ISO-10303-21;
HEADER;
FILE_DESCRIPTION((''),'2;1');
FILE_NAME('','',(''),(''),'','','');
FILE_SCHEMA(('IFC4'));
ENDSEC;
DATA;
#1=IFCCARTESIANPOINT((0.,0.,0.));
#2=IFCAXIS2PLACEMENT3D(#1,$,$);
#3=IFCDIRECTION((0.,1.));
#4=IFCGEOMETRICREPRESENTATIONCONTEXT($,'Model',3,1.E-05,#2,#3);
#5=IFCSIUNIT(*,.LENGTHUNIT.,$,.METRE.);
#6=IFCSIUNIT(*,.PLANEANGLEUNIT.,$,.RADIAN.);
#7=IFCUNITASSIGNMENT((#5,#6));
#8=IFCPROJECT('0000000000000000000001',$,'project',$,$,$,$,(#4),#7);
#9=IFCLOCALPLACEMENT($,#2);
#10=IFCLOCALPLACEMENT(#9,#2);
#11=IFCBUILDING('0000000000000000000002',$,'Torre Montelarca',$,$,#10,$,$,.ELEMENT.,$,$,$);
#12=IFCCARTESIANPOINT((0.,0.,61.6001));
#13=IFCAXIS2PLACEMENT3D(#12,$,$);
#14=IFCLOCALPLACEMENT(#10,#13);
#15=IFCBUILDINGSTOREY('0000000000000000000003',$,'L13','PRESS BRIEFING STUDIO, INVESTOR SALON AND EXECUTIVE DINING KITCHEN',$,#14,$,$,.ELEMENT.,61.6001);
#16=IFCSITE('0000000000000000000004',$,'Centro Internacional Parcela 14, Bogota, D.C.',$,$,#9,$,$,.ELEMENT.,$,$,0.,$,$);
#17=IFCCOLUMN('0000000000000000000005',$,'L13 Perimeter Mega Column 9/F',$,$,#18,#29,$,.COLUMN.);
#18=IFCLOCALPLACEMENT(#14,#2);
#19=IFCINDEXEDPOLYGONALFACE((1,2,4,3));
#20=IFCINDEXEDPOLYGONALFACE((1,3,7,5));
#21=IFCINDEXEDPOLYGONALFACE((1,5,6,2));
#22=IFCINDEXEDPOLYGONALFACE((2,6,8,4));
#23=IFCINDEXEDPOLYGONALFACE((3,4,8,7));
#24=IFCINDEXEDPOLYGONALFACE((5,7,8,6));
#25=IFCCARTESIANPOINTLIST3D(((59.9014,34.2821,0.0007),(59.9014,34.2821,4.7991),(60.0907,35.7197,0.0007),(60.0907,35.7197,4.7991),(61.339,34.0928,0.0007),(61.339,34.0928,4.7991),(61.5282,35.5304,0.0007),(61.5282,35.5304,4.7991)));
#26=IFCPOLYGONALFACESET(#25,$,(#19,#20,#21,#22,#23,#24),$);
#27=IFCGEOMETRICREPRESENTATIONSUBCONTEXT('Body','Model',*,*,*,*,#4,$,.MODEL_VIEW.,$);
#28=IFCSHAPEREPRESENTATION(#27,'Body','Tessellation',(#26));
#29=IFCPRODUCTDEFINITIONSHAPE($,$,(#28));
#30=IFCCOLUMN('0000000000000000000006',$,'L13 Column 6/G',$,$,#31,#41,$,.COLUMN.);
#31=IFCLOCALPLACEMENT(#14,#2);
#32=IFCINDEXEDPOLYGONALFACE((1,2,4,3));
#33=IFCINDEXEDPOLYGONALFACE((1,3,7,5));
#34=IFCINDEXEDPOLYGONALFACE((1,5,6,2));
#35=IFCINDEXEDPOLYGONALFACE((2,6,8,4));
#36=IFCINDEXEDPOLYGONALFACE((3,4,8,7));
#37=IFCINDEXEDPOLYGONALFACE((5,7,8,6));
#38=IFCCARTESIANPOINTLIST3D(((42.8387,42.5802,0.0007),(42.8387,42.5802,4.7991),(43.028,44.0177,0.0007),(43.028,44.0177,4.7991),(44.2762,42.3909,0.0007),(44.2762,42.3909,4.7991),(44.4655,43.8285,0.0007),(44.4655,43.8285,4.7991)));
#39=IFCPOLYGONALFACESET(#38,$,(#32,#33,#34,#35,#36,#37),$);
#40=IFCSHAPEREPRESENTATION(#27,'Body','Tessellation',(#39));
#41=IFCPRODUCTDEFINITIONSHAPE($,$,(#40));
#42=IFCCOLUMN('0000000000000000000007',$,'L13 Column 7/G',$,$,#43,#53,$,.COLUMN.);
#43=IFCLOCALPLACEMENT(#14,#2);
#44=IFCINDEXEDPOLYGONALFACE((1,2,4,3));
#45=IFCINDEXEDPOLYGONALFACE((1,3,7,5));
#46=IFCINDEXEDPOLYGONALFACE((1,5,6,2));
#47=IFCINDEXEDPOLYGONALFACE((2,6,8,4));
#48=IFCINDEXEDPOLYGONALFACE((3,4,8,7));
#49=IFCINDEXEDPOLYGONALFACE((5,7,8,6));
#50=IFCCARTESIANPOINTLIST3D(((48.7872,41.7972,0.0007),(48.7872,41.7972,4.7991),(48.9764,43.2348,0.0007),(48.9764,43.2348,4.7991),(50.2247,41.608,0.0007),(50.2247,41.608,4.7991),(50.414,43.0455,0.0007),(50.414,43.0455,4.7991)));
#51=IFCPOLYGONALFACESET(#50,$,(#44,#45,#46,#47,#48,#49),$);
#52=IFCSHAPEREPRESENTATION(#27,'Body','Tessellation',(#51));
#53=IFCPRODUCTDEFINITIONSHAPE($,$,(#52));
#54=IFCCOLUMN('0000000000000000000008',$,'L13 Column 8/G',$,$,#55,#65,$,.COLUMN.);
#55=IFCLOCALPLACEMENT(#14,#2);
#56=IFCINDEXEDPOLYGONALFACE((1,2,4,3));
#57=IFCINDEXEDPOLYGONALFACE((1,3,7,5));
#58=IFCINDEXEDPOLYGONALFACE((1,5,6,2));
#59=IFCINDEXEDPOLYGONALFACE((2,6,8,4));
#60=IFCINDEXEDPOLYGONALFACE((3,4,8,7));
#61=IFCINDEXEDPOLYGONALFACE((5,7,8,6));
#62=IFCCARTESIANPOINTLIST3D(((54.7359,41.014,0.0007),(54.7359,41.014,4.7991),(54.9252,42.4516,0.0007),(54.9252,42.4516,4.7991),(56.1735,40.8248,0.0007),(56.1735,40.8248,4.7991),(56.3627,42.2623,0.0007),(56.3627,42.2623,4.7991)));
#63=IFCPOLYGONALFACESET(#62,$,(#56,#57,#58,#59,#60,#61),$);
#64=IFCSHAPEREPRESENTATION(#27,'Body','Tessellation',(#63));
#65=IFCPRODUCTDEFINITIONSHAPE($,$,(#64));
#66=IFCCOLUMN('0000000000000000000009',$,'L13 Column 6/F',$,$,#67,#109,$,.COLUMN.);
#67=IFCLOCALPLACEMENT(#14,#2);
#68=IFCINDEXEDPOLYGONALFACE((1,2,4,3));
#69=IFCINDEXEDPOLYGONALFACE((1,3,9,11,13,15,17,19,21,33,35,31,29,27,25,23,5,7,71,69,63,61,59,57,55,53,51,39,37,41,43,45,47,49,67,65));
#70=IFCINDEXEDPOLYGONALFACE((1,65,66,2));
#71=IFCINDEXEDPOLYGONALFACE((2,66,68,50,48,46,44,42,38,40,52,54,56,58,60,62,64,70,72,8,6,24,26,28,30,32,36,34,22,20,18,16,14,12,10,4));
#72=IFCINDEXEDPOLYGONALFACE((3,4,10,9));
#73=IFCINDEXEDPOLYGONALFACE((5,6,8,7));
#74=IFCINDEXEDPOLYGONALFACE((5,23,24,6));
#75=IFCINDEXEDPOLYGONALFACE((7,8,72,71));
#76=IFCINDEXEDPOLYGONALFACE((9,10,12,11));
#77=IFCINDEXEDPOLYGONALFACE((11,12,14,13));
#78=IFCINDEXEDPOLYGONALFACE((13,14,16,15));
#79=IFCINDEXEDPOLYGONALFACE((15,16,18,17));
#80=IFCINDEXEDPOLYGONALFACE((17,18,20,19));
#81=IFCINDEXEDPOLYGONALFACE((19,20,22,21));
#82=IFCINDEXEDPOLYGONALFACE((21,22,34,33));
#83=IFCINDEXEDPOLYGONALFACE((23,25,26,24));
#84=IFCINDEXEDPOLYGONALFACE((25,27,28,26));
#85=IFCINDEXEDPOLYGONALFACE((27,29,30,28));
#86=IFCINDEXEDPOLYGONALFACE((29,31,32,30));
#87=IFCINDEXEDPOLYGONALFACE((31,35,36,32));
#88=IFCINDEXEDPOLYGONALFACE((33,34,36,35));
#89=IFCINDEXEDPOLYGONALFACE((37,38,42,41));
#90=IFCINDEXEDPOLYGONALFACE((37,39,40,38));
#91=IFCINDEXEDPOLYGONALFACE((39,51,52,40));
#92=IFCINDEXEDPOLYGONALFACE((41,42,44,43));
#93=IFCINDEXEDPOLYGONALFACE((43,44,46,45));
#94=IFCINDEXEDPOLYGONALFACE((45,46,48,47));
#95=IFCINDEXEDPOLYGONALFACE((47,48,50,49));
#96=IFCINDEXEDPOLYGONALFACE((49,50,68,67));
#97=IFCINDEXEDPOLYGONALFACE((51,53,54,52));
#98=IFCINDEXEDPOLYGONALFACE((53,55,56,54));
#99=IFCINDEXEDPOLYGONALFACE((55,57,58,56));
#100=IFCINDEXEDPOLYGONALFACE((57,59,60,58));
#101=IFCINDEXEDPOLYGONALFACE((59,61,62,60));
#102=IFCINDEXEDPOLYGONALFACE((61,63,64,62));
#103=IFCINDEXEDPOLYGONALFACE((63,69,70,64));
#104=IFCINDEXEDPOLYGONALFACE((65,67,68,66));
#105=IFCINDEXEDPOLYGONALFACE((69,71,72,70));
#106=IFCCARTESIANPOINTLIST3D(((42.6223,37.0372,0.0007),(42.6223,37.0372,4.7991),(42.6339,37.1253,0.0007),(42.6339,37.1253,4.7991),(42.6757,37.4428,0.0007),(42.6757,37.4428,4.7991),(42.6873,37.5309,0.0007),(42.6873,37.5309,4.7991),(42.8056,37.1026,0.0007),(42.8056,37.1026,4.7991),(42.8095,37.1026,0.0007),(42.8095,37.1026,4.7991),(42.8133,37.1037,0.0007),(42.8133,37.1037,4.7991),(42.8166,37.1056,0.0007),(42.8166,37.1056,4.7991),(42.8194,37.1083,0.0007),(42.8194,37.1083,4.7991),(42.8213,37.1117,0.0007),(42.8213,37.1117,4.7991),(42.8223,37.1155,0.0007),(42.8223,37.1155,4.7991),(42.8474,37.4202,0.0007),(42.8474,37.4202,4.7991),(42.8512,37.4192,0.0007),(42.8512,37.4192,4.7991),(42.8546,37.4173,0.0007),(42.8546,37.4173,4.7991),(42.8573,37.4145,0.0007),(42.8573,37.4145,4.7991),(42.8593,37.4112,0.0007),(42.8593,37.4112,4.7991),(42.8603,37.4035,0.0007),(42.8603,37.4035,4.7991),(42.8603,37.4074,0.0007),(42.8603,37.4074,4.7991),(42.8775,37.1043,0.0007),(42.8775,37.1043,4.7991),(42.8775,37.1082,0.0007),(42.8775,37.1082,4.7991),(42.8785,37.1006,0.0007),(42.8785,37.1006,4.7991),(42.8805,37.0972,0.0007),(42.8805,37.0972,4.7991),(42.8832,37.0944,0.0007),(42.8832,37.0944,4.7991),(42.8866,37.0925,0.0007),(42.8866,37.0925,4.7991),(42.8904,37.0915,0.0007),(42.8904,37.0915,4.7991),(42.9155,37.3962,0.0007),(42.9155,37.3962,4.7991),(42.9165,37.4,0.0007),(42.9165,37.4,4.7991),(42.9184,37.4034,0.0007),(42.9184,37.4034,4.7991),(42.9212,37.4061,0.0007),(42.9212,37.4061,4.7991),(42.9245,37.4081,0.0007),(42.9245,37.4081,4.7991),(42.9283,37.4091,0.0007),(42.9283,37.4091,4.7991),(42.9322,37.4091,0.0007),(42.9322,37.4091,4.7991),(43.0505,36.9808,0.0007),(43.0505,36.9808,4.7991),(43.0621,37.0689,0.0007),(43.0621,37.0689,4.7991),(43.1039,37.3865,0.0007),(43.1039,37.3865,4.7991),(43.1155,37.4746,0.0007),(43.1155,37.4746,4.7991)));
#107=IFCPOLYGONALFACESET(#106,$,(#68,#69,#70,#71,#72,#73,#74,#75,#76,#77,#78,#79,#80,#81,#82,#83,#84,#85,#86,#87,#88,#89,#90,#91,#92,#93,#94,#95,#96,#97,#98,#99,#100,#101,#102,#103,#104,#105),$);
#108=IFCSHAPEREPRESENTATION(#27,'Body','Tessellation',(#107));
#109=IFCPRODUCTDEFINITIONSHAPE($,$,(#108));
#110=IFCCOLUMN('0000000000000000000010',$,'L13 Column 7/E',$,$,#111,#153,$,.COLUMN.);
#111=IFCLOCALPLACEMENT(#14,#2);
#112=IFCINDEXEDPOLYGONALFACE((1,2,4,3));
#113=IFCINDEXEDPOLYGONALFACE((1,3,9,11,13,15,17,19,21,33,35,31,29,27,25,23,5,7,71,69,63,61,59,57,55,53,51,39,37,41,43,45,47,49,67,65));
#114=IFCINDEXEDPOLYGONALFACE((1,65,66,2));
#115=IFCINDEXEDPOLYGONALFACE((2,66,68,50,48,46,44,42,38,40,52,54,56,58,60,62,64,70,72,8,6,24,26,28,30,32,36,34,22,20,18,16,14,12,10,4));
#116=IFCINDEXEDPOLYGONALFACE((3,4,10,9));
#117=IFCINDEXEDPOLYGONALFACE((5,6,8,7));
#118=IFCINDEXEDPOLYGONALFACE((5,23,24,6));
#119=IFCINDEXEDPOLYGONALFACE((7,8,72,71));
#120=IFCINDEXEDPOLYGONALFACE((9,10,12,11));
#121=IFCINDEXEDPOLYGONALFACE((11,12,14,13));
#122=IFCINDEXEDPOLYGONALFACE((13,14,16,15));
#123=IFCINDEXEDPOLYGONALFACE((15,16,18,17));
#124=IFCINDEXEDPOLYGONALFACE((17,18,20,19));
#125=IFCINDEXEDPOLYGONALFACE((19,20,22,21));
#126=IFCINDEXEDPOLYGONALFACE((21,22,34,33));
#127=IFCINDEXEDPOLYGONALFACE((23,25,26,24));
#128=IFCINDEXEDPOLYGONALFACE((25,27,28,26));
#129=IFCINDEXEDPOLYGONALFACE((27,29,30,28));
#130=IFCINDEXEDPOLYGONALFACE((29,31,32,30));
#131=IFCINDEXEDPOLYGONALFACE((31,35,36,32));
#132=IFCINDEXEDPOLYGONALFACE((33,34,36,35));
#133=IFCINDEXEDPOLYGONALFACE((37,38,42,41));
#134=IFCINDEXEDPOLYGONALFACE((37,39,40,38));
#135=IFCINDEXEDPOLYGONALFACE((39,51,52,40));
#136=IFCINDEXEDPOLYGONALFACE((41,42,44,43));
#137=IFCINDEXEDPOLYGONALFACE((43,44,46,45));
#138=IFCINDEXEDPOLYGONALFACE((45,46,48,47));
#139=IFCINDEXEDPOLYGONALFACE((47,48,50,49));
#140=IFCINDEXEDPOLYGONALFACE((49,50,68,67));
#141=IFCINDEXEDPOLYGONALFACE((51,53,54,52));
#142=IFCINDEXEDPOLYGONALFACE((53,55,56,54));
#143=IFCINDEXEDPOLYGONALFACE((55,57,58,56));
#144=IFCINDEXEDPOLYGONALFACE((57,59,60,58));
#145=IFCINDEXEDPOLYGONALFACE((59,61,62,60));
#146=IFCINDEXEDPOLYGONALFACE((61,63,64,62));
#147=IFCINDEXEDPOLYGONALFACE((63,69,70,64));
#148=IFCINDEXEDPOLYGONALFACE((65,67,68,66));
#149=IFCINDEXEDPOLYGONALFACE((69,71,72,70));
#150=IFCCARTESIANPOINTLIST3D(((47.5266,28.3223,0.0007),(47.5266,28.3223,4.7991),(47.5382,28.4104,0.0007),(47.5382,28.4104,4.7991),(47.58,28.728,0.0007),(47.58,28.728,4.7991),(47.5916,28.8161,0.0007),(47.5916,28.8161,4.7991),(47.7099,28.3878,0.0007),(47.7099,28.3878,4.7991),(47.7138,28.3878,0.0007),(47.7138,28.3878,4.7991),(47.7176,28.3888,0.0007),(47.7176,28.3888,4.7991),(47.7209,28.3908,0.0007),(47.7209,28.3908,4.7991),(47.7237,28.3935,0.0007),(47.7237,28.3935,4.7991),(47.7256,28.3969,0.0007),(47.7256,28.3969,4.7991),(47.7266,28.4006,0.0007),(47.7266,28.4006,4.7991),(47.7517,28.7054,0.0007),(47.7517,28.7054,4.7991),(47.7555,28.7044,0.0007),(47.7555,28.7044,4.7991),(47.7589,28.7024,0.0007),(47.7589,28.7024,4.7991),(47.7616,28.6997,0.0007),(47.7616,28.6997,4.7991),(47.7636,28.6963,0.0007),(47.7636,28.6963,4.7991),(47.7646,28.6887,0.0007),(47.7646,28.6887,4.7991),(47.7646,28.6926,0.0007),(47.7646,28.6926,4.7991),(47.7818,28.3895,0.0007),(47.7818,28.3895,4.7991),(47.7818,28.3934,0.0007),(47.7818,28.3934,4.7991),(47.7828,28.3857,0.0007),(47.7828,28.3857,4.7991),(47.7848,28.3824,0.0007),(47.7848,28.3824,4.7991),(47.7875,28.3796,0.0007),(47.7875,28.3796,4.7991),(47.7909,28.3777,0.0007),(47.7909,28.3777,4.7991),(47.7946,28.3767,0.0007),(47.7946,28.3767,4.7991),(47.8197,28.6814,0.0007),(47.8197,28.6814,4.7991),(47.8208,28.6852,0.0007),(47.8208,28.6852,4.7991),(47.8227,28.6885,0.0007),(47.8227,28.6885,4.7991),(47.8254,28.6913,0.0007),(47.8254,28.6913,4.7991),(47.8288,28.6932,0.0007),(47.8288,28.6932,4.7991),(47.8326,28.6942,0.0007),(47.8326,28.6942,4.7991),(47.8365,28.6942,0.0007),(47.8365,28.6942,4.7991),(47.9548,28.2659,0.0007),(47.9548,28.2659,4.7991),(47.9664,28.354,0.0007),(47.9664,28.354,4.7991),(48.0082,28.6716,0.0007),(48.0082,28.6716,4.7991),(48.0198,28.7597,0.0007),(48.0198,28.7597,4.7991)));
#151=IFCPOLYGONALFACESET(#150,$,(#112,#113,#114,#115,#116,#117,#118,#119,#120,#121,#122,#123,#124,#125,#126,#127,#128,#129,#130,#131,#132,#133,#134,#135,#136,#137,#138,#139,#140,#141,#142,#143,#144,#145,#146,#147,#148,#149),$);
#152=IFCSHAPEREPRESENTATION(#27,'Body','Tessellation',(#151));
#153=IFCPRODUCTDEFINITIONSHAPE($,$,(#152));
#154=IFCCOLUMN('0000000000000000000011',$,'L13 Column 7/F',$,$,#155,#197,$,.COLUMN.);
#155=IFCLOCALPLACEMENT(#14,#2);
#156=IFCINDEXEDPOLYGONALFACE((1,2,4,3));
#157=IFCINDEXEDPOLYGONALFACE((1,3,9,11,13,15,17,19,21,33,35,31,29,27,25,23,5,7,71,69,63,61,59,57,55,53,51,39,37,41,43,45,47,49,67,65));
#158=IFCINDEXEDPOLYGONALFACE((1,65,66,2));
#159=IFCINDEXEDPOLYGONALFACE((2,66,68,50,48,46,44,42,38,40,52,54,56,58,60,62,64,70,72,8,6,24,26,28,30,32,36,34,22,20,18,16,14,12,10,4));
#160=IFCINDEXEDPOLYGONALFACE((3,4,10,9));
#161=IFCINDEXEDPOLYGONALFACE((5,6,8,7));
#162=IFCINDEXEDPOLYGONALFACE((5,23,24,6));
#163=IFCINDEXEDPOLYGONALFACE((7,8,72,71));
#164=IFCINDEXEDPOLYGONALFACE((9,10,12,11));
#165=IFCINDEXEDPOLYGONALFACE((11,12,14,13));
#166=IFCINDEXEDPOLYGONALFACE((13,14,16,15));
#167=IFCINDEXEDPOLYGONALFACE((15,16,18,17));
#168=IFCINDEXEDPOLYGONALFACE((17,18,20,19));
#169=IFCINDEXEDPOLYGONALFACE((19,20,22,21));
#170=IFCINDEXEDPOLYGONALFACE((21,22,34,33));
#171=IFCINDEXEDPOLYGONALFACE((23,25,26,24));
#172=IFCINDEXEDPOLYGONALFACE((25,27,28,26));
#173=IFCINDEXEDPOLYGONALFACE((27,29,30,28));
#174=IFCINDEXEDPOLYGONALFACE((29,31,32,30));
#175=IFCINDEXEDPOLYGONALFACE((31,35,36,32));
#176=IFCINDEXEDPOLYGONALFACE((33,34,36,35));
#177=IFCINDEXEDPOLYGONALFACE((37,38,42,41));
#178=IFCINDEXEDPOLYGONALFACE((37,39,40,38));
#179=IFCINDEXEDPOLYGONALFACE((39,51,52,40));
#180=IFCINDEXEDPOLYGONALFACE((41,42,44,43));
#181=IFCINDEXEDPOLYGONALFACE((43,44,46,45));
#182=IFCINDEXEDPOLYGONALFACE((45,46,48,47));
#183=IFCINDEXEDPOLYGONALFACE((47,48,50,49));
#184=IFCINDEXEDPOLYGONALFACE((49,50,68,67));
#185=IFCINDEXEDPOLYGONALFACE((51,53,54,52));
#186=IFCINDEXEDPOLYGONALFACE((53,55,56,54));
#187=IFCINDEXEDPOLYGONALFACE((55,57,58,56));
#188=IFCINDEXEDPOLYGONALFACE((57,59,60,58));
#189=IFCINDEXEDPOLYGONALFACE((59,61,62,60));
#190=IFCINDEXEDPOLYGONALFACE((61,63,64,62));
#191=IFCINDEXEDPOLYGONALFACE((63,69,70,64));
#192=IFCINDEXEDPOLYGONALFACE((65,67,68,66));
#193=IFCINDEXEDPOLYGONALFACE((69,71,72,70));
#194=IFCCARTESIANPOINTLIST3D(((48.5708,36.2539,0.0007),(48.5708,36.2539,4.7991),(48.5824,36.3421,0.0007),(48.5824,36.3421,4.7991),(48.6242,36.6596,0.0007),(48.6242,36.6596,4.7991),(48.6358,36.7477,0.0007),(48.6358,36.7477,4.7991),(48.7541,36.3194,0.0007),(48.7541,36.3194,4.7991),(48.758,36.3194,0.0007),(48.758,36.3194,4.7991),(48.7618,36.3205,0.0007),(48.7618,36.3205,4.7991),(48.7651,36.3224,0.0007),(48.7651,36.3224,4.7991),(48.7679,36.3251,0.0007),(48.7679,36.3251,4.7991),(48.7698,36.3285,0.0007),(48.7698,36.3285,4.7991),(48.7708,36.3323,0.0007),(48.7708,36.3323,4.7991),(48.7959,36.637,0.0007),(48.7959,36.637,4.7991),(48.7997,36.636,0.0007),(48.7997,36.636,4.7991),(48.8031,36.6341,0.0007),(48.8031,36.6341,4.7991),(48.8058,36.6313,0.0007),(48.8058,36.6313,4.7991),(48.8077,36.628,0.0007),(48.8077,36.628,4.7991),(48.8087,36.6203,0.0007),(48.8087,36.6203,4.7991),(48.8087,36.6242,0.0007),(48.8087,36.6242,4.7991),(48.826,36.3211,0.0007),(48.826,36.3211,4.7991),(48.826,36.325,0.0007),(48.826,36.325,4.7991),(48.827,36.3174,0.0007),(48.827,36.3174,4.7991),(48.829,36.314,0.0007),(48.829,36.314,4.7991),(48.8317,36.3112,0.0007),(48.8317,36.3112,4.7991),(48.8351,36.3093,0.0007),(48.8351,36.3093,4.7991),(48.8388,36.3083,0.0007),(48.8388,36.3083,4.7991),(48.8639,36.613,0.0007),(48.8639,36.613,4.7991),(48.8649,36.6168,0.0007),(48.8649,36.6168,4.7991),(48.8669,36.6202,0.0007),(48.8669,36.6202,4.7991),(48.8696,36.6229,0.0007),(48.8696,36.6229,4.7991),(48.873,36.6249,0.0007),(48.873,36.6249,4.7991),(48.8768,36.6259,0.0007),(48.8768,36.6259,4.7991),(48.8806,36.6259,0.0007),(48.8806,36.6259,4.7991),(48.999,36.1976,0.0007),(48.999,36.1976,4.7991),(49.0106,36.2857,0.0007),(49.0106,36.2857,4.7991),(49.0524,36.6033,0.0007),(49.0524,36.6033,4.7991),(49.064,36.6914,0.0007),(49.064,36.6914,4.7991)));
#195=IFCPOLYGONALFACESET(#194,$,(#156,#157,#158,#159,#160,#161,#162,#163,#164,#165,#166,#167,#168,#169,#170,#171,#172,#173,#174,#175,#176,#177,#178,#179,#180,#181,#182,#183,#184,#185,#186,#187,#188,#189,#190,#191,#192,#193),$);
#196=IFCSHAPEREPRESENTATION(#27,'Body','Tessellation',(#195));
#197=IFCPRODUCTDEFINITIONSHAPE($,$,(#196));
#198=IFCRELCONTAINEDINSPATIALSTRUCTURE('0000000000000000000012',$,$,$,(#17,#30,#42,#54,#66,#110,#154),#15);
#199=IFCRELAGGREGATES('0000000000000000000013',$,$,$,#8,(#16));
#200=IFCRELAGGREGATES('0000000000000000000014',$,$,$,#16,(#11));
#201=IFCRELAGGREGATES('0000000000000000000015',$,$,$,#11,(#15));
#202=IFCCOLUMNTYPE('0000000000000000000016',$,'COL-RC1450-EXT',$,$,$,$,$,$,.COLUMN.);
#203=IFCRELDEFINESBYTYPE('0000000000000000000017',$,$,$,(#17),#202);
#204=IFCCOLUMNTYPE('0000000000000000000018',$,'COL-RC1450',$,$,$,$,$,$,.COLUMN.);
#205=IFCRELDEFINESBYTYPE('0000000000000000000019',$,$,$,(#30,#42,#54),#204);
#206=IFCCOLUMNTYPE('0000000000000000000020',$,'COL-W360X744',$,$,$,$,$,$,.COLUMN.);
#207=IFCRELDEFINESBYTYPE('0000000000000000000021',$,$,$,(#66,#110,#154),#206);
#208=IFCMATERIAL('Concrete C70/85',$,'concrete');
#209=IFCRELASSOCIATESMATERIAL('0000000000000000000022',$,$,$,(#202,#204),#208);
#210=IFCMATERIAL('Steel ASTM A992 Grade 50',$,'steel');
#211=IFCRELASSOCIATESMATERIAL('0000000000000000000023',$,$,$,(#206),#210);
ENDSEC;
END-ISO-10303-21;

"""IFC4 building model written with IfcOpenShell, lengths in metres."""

from ifc_helpers import new_model, si_unit, direction, frame, origin, origin_2d, place, context, subcontext, project, spatial, rectangle, i_section, extrude, source, transform, mapped, material, material_profile, profile_set, type_object, element, save


model = new_model("IFC4")

# Units and contexts
model_context = context("Model", 3, precision=1e-05, world=origin(), true_north=direction((0.0, 1.0)))
body_context = subcontext(model_context, "Body", "Model", "MODEL_VIEW")
ifc_project = project(units=[si_unit("LENGTHUNIT", "METRE"), si_unit("PLANEANGLEUNIT", "RADIAN")], contexts=[model_context])

# Site, building, storey
site_placement = place(None, origin())
site = spatial("IfcSite", under=ifc_project, at=site_placement, Name="Centro Internacional Parcela 14, Bogota, D.C.", CompositionType="ELEMENT", RefElevation=0.0)
building_placement = place(site_placement, origin())
building = spatial("IfcBuilding", under=site, at=building_placement, Name="Torre Montelarca", CompositionType="ELEMENT")
storey_placement = place(building_placement, frame((0.0, 0.0, 61.6001)))
storey = spatial("IfcBuildingStorey", under=building, at=storey_placement, Name="L13", Description="PRESS BRIEFING STUDIO, INVESTOR SALON AND EXECUTIVE DINING KITCHEN", CompositionType="ELEMENT", Elevation=61.6001)

# Columns
ifc_material_1 = material(Name="Concrete C70/85", Category="concrete")
ifc_material_profile_1 = material_profile(ifc_material_1, rectangle(XDim=1.45, YDim=1.45, at=origin_2d()), Name="RC1450X1450", Category="concrete")
ifc_profile_set_1 = profile_set([ifc_material_profile_1], Name="Concrete C70/85")
column_type_1 = type_object("IfcColumnType", Name="COL-RC1450-EXT", PredefinedType="COLUMN", material=ifc_profile_set_1)
shared_shape_1 = source(origin(), body_context, "Body", "SweptSolid", [
    extrude(rectangle(XDim=1.45, YDim=1.45, at=origin_2d()), origin(), (0.0, 0.0, 1.0), 4.7983),
])
column_placement = place(storey_placement, frame((60.7148, 34.9062, 0.0007), z_axis=(0.0, 0.0, 1.0), x_axis=(-0.991445, 0.130526, 0.0)))
element("IfcColumn", 1, at=column_placement, inside=storey, type_object=column_type_1, Name="L13 Perimeter Mega Column 9/F", PredefinedType="COLUMN", context=body_context, shape_type="MappedRepresentation", body=[
    mapped(shared_shape_1, transform((0.0, 0.0, 0.0), scale=1.0)),
])
ifc_material_profile_2 = material_profile(ifc_material_1, rectangle(XDim=1.45, YDim=1.45, at=origin_2d()), Name="RC1450X1450", Category="concrete")
ifc_profile_set_2 = profile_set([ifc_material_profile_2], Name="Concrete C70/85")
column_type_2 = type_object("IfcColumnType", Name="COL-RC1450", PredefinedType="COLUMN", material=ifc_profile_set_2)
shared_shape_2 = source(origin(), body_context, "Body", "SweptSolid", [
    extrude(rectangle(XDim=1.45, YDim=1.45, at=origin_2d()), origin(), (0.0, 0.0, 1.0), 4.7983),
])
for number, where, z_axis, x_axis, name in (
    (2, (43.6521, 43.2043, 0.0007), (0.0, 0.0, 1.0), (-0.991445, 0.130526, 0.0), "L13 Column 6/G"),
    (3, (49.6006, 42.4214, 0.0007), (0.0, 0.0, 1.0), (-0.991445, 0.130526, 0.0), "L13 Column 7/G"),
    (4, (55.5493, 41.6382, 0.0007), (0.0, 0.0, 1.0), (-0.991445, 0.130526, 0.0), "L13 Column 8/G"),
):
    element("IfcColumn", number, at=place(storey_placement, frame(where, z_axis=z_axis, x_axis=x_axis)), inside=storey, type_object=column_type_2, Name=name, PredefinedType="COLUMN", context=body_context, shape_type="MappedRepresentation", body=[
        mapped(shared_shape_2, transform((0.0, 0.0, 0.0), scale=1.0)),
    ])
ifc_material_2 = material(Name="Steel ASTM A992 Grade 50", Category="steel")
ifc_material_profile_3 = material_profile(ifc_material_2, i_section(OverallWidth=0.4319, OverallDepth=0.498, WebThickness=0.0557, FlangeThickness=0.0889, FilletRadius=0.0149, at=origin_2d()), Name="W360X744", Category="steel")
ifc_profile_set_3 = profile_set([ifc_material_profile_3], Name="Steel ASTM A992 Grade 50")
column_type_3 = type_object("IfcColumnType", Name="COL-W360X744", PredefinedType="COLUMN", material=ifc_profile_set_3)
shared_shape_3 = source(origin(), body_context, "Body", "SweptSolid", [
    extrude(i_section(OverallWidth=0.4319, OverallDepth=0.498, WebThickness=0.0557, FlangeThickness=0.0889, FilletRadius=0.0149, at=origin_2d()), origin(), (0.0, 0.0, 1.0), 4.7983),
])
for number, where, z_axis, x_axis, name in (
    (5, (42.8689, 37.2559, 0.0007), (0.0, 0.0, 1.0), (-0.991445, 0.130526, 0.0), "L13 Column 6/F"),
    (6, (47.7732, 28.541, 0.0007), (0.0, 0.0, 1.0), (-0.991445, 0.130526, 0.0), "L13 Column 7/E"),
    (7, (48.8174, 36.4727, 0.0007), (0.0, 0.0, 1.0), (-0.991445, 0.130526, 0.0), "L13 Column 7/F"),
):
    element("IfcColumn", number, at=place(storey_placement, frame(where, z_axis=z_axis, x_axis=x_axis)), inside=storey, type_object=column_type_3, Name=name, PredefinedType="COLUMN", context=body_context, shape_type="MappedRepresentation", body=[
        mapped(shared_shape_3, transform((0.0, 0.0, 0.0), scale=1.0)),
    ])

save(model, "model.ifc")
